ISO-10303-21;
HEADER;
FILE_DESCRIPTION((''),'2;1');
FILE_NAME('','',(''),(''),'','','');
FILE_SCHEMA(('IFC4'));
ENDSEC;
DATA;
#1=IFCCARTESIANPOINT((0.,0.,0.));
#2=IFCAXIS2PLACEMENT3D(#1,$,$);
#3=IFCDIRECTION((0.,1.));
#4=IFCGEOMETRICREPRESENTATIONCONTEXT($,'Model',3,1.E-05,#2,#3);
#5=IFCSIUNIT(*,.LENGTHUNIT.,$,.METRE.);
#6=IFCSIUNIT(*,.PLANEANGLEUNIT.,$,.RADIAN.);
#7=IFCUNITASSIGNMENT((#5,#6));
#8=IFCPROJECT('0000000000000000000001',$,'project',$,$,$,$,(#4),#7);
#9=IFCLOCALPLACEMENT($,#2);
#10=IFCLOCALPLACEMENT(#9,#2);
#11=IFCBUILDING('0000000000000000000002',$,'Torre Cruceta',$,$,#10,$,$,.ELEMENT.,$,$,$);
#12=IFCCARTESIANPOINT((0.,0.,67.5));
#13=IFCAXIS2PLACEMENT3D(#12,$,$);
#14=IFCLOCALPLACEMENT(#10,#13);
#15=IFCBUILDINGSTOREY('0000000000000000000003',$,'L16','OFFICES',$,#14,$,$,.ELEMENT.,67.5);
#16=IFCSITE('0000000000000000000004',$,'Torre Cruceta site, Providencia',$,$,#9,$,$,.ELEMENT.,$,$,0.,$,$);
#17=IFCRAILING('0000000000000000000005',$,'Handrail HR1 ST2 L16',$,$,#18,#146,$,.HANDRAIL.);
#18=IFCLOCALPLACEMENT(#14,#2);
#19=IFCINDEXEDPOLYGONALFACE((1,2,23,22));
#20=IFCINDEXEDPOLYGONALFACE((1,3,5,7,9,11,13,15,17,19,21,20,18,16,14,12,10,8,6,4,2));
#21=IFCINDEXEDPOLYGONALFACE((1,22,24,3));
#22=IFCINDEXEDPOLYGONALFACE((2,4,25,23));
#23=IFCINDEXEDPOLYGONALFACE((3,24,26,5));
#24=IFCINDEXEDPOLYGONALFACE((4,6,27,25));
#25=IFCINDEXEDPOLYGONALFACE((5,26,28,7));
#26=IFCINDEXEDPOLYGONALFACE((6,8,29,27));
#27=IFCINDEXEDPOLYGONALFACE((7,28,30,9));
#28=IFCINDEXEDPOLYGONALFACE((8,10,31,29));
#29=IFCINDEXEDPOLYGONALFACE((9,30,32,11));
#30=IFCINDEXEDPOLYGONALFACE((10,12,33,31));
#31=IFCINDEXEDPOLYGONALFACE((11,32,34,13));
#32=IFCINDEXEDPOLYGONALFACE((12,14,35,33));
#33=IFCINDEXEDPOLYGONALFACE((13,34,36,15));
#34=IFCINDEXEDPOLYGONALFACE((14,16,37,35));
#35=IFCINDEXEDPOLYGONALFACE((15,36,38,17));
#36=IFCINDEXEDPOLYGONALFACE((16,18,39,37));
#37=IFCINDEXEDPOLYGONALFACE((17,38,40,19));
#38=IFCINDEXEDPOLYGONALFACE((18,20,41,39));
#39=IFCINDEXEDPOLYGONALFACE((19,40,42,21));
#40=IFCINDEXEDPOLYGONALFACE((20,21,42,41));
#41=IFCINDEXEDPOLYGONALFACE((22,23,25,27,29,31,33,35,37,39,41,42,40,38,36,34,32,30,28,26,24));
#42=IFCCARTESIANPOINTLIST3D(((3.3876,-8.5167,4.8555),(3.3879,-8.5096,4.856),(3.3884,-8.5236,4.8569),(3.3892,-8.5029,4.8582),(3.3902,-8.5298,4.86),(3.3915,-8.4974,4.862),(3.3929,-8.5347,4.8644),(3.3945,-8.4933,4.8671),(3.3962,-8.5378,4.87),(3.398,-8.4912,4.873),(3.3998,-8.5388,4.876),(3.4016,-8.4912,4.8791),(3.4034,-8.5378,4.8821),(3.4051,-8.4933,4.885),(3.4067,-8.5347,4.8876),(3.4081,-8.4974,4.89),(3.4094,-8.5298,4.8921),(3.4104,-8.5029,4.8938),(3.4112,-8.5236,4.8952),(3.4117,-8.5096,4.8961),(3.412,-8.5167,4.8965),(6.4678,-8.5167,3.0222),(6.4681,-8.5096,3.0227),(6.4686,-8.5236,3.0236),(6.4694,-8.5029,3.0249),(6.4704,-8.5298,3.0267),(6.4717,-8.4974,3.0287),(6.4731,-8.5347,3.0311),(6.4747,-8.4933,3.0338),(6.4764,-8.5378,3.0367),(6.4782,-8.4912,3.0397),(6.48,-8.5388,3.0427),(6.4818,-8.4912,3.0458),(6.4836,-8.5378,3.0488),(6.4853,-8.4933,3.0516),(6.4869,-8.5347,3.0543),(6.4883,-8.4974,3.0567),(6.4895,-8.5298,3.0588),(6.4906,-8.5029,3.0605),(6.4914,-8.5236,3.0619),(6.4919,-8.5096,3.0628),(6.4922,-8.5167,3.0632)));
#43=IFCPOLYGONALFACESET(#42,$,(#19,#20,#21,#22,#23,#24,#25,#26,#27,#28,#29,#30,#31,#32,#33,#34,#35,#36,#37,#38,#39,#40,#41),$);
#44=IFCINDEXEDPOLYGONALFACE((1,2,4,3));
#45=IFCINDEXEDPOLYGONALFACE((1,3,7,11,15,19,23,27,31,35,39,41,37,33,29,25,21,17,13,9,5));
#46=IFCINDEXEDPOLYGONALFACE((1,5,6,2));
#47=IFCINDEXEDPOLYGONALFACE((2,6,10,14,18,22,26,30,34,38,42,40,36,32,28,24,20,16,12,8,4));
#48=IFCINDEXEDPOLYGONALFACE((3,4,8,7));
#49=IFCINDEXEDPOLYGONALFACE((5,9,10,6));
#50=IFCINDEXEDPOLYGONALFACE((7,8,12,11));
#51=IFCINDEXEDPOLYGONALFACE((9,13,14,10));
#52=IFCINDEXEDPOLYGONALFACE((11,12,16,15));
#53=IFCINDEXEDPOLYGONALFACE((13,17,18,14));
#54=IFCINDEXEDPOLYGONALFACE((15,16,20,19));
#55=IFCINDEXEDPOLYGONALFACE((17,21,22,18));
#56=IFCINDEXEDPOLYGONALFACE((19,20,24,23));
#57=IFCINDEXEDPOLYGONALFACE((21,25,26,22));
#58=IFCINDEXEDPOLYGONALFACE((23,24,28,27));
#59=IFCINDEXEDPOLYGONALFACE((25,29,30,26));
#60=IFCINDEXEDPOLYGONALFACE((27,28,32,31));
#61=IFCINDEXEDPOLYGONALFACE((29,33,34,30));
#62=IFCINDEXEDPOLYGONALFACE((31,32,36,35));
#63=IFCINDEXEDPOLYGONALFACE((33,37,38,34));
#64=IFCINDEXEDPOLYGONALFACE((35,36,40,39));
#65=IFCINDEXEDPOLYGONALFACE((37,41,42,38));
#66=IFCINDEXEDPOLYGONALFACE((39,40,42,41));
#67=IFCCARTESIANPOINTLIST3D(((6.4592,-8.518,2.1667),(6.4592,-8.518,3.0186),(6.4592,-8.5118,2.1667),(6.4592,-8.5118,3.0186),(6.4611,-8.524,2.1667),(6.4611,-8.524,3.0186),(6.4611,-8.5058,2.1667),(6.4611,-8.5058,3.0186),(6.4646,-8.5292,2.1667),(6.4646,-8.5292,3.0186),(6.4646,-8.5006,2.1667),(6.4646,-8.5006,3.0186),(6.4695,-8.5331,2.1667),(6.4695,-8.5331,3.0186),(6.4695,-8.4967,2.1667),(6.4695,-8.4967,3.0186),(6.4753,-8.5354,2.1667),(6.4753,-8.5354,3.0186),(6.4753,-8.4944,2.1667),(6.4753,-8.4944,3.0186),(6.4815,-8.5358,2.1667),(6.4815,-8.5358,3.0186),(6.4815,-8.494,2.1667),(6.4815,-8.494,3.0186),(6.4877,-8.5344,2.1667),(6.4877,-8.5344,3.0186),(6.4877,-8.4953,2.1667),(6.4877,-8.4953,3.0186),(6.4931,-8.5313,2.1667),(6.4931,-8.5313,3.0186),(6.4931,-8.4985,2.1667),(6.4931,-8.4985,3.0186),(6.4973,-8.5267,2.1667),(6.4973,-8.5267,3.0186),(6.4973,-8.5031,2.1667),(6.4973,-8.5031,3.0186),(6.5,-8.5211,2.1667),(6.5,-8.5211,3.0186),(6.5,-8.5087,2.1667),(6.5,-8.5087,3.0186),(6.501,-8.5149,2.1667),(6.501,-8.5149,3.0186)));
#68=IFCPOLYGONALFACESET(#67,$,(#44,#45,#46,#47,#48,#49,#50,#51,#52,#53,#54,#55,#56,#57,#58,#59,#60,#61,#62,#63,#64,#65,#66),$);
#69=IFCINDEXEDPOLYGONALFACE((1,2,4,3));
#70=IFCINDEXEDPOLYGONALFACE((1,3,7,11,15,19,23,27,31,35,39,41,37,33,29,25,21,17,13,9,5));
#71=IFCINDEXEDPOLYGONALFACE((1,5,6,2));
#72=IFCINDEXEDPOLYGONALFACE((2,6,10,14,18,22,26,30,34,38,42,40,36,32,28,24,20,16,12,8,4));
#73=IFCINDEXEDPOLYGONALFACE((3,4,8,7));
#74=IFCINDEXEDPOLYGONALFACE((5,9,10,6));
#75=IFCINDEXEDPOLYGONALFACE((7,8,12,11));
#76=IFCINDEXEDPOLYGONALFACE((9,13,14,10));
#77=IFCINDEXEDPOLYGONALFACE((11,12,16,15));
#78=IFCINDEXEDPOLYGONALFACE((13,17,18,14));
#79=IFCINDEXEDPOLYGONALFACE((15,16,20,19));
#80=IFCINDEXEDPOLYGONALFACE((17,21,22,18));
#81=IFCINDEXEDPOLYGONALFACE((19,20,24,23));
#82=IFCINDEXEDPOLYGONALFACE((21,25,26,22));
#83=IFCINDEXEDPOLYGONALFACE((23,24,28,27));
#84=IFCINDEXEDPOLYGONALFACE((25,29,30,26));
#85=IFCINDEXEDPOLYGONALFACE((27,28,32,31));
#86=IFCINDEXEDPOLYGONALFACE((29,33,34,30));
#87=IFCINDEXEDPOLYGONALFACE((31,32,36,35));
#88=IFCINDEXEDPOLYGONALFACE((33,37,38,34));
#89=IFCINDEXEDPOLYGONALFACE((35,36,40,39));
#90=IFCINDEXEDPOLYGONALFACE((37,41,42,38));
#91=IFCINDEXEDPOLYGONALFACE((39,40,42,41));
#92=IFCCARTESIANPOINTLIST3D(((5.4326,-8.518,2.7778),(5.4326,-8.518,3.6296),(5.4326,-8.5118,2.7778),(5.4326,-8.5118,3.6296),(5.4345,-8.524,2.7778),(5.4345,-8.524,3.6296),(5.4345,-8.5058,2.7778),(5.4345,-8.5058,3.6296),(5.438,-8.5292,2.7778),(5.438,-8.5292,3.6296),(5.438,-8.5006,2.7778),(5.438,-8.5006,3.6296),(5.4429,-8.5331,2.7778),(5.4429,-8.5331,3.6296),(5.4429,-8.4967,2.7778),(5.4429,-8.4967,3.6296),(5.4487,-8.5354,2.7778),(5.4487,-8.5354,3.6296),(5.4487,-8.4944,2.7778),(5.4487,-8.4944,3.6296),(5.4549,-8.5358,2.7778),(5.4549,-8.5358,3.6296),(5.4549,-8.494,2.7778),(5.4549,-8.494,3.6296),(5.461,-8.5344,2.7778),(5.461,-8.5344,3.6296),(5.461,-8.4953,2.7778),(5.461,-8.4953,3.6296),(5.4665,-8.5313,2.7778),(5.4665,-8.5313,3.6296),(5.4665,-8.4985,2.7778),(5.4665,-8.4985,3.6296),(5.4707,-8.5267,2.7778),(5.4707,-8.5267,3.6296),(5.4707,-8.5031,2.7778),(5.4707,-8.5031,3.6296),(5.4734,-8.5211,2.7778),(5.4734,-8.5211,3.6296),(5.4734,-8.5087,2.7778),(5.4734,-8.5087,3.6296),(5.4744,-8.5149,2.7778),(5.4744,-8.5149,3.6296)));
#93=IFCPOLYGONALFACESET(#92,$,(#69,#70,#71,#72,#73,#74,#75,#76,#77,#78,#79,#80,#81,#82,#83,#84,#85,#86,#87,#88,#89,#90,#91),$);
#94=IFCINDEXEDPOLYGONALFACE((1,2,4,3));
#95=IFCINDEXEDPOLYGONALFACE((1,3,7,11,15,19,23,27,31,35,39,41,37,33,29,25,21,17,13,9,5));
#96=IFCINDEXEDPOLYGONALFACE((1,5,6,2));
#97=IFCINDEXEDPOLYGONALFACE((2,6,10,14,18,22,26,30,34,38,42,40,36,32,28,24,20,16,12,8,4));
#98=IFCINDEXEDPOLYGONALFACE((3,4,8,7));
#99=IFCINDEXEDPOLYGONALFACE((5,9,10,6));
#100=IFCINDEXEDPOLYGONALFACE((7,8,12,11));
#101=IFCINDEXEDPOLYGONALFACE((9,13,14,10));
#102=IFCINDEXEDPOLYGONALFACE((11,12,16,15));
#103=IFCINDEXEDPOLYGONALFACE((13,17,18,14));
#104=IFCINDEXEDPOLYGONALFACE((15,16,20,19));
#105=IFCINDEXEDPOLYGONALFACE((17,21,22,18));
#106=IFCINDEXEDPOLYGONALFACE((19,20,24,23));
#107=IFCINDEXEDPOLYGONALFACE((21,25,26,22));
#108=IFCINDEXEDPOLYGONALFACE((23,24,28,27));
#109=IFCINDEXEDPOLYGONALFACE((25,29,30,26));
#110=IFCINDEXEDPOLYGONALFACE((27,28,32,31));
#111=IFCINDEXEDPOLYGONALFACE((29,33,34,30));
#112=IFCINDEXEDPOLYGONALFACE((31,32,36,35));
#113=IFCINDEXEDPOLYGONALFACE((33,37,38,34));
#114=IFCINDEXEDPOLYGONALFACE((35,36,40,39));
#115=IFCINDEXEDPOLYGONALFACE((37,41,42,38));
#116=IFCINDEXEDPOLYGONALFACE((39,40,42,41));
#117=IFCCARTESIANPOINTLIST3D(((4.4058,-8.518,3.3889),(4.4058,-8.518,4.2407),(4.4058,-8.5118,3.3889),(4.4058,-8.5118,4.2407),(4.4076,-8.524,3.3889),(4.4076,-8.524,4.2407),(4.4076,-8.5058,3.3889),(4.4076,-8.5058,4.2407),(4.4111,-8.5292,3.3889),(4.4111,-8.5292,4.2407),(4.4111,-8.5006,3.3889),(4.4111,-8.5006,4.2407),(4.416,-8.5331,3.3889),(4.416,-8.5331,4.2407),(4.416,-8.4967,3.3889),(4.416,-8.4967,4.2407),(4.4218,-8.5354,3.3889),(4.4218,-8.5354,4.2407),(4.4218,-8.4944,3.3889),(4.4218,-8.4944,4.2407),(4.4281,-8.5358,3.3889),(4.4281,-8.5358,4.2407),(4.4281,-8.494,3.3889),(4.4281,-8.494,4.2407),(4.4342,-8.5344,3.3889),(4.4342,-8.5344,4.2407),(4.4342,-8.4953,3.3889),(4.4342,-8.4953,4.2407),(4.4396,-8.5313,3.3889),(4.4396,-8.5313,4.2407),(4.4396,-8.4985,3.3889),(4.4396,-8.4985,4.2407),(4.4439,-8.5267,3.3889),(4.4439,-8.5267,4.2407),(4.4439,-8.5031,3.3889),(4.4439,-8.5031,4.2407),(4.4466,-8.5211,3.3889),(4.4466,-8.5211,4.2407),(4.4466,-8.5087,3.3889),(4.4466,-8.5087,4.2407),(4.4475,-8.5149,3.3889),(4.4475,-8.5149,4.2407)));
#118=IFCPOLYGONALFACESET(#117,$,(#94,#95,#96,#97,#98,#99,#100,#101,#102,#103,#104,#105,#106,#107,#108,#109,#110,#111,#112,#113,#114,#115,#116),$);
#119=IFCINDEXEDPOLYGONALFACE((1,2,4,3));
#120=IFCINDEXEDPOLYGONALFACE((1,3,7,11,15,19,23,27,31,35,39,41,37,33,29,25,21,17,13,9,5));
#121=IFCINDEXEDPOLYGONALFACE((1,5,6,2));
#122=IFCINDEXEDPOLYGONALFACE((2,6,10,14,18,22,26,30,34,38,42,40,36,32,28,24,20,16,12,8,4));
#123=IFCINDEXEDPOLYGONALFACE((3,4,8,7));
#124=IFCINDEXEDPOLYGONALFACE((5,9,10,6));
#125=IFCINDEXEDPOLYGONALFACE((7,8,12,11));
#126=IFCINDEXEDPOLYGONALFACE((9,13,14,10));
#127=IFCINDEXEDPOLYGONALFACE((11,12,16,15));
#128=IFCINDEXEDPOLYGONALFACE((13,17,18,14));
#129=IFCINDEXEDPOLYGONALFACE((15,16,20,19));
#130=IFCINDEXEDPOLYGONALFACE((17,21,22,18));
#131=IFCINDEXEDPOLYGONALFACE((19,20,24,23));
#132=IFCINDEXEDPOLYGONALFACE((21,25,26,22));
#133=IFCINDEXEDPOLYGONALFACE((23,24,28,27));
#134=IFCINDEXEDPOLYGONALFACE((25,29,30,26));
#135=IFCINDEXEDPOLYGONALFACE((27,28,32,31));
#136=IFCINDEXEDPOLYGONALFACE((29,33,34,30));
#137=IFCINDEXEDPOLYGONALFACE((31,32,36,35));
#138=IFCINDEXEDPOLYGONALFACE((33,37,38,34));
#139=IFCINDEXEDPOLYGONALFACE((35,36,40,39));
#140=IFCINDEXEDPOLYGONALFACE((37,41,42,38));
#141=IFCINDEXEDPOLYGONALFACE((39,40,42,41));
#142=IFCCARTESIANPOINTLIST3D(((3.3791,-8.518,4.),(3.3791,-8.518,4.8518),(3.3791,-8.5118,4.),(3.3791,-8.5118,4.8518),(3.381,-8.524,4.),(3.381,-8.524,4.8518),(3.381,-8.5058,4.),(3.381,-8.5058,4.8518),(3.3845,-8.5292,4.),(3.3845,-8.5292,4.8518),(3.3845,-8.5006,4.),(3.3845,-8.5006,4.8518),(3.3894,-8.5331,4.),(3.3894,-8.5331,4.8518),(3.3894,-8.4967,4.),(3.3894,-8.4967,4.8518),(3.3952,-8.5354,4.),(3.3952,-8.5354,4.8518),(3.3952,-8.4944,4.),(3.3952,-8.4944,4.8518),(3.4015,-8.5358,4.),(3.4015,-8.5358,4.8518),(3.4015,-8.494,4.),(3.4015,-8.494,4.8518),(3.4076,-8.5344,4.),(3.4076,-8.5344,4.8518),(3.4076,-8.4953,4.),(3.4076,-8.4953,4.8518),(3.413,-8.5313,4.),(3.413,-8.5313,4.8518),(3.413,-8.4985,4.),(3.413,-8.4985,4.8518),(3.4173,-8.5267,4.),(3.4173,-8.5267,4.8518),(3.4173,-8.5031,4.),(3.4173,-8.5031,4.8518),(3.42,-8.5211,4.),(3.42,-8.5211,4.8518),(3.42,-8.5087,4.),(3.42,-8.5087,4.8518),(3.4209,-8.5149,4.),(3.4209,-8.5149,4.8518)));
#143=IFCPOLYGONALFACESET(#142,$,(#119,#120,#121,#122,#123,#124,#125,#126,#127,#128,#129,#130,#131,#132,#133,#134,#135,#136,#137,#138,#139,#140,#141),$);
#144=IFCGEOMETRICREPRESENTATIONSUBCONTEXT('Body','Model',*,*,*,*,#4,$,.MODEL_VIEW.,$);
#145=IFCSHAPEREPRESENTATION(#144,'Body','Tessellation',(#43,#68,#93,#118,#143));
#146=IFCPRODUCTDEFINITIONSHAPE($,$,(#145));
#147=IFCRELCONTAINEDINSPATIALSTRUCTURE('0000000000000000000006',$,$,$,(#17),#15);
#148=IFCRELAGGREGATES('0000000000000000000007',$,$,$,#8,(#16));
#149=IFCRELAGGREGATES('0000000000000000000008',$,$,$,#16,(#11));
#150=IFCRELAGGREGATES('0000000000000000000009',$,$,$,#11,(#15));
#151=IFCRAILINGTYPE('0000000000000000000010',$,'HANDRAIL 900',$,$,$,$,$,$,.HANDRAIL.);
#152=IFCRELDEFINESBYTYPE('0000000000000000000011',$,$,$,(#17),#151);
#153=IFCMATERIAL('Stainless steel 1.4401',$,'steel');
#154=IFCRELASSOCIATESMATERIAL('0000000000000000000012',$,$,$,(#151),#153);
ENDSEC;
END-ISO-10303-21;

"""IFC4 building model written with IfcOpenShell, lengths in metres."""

from ifc_helpers import new_model, si_unit, direction, frame, origin, origin_2d, place, context, subcontext, project, spatial, circle, extrude, material, type_object, element, save


model = new_model("IFC4")

# Units and contexts
model_context = context("Model", 3, precision=1e-05, world=origin(), true_north=direction((0.0, 1.0)))
body_context = subcontext(model_context, "Body", "Model", "MODEL_VIEW")
ifc_project = project(units=[si_unit("LENGTHUNIT", "METRE"), si_unit("PLANEANGLEUNIT", "RADIAN")], contexts=[model_context])

# Site, building, storey
site_placement = place(None, origin())
site = spatial("IfcSite", under=ifc_project, at=site_placement, Name="Torre Cruceta site, Providencia", CompositionType="ELEMENT", RefElevation=0.0)
building_placement = place(site_placement, origin())
building = spatial("IfcBuilding", under=site, at=building_placement, Name="Torre Cruceta", CompositionType="ELEMENT")
storey_placement = place(building_placement, frame((0.0, 0.0, 67.5)))
storey = spatial("IfcBuildingStorey", under=building, at=storey_placement, Name="L16", Description="OFFICES", CompositionType="ELEMENT", Elevation=67.5)

# Railing
ifc_material_1 = material(Name="Stainless steel 1.4401", Category="steel")
railing_type = type_object("IfcRailingType", Name="HANDRAIL 900", PredefinedType="HANDRAIL", material=ifc_material_1)
railing_1_placement = place(storey_placement, frame((6.48, -8.5149, 2.1667)))
element("IfcRailing", 1, at=railing_1_placement, inside=storey, type_object=railing_type, Name="Handrail HR1 ST2 L16", PredefinedType="HANDRAIL", context=body_context, shape_type="SweptSolid", body=[
    extrude(circle(Radius=0.0239, at=origin_2d()), frame((0.0, 0.0, 0.876), z_axis=(-0.859309, 0.0, 0.511458), x_axis=(0.0, -1.0, 0.0)), (0.0, 0.0, 1.0), 3.5845),
    extrude(circle(Radius=0.021, at=origin_2d()), origin(), (0.0, 0.0, 1.0), 0.8518),
    extrude(circle(Radius=0.021, at=origin_2d()), frame((-1.0266, 0.0, 0.6111)), (0.0, 0.0, 1.0), 0.8518),
    extrude(circle(Radius=0.021, at=origin_2d()), frame((-2.0535, 0.0, 1.2222)), (0.0, 0.0, 1.0), 0.8518),
    extrude(circle(Radius=0.021, at=origin_2d()), frame((-3.0801, 0.0, 1.8333)), (0.0, 0.0, 1.0), 0.8518),
])

save(model, "model.ifc")
